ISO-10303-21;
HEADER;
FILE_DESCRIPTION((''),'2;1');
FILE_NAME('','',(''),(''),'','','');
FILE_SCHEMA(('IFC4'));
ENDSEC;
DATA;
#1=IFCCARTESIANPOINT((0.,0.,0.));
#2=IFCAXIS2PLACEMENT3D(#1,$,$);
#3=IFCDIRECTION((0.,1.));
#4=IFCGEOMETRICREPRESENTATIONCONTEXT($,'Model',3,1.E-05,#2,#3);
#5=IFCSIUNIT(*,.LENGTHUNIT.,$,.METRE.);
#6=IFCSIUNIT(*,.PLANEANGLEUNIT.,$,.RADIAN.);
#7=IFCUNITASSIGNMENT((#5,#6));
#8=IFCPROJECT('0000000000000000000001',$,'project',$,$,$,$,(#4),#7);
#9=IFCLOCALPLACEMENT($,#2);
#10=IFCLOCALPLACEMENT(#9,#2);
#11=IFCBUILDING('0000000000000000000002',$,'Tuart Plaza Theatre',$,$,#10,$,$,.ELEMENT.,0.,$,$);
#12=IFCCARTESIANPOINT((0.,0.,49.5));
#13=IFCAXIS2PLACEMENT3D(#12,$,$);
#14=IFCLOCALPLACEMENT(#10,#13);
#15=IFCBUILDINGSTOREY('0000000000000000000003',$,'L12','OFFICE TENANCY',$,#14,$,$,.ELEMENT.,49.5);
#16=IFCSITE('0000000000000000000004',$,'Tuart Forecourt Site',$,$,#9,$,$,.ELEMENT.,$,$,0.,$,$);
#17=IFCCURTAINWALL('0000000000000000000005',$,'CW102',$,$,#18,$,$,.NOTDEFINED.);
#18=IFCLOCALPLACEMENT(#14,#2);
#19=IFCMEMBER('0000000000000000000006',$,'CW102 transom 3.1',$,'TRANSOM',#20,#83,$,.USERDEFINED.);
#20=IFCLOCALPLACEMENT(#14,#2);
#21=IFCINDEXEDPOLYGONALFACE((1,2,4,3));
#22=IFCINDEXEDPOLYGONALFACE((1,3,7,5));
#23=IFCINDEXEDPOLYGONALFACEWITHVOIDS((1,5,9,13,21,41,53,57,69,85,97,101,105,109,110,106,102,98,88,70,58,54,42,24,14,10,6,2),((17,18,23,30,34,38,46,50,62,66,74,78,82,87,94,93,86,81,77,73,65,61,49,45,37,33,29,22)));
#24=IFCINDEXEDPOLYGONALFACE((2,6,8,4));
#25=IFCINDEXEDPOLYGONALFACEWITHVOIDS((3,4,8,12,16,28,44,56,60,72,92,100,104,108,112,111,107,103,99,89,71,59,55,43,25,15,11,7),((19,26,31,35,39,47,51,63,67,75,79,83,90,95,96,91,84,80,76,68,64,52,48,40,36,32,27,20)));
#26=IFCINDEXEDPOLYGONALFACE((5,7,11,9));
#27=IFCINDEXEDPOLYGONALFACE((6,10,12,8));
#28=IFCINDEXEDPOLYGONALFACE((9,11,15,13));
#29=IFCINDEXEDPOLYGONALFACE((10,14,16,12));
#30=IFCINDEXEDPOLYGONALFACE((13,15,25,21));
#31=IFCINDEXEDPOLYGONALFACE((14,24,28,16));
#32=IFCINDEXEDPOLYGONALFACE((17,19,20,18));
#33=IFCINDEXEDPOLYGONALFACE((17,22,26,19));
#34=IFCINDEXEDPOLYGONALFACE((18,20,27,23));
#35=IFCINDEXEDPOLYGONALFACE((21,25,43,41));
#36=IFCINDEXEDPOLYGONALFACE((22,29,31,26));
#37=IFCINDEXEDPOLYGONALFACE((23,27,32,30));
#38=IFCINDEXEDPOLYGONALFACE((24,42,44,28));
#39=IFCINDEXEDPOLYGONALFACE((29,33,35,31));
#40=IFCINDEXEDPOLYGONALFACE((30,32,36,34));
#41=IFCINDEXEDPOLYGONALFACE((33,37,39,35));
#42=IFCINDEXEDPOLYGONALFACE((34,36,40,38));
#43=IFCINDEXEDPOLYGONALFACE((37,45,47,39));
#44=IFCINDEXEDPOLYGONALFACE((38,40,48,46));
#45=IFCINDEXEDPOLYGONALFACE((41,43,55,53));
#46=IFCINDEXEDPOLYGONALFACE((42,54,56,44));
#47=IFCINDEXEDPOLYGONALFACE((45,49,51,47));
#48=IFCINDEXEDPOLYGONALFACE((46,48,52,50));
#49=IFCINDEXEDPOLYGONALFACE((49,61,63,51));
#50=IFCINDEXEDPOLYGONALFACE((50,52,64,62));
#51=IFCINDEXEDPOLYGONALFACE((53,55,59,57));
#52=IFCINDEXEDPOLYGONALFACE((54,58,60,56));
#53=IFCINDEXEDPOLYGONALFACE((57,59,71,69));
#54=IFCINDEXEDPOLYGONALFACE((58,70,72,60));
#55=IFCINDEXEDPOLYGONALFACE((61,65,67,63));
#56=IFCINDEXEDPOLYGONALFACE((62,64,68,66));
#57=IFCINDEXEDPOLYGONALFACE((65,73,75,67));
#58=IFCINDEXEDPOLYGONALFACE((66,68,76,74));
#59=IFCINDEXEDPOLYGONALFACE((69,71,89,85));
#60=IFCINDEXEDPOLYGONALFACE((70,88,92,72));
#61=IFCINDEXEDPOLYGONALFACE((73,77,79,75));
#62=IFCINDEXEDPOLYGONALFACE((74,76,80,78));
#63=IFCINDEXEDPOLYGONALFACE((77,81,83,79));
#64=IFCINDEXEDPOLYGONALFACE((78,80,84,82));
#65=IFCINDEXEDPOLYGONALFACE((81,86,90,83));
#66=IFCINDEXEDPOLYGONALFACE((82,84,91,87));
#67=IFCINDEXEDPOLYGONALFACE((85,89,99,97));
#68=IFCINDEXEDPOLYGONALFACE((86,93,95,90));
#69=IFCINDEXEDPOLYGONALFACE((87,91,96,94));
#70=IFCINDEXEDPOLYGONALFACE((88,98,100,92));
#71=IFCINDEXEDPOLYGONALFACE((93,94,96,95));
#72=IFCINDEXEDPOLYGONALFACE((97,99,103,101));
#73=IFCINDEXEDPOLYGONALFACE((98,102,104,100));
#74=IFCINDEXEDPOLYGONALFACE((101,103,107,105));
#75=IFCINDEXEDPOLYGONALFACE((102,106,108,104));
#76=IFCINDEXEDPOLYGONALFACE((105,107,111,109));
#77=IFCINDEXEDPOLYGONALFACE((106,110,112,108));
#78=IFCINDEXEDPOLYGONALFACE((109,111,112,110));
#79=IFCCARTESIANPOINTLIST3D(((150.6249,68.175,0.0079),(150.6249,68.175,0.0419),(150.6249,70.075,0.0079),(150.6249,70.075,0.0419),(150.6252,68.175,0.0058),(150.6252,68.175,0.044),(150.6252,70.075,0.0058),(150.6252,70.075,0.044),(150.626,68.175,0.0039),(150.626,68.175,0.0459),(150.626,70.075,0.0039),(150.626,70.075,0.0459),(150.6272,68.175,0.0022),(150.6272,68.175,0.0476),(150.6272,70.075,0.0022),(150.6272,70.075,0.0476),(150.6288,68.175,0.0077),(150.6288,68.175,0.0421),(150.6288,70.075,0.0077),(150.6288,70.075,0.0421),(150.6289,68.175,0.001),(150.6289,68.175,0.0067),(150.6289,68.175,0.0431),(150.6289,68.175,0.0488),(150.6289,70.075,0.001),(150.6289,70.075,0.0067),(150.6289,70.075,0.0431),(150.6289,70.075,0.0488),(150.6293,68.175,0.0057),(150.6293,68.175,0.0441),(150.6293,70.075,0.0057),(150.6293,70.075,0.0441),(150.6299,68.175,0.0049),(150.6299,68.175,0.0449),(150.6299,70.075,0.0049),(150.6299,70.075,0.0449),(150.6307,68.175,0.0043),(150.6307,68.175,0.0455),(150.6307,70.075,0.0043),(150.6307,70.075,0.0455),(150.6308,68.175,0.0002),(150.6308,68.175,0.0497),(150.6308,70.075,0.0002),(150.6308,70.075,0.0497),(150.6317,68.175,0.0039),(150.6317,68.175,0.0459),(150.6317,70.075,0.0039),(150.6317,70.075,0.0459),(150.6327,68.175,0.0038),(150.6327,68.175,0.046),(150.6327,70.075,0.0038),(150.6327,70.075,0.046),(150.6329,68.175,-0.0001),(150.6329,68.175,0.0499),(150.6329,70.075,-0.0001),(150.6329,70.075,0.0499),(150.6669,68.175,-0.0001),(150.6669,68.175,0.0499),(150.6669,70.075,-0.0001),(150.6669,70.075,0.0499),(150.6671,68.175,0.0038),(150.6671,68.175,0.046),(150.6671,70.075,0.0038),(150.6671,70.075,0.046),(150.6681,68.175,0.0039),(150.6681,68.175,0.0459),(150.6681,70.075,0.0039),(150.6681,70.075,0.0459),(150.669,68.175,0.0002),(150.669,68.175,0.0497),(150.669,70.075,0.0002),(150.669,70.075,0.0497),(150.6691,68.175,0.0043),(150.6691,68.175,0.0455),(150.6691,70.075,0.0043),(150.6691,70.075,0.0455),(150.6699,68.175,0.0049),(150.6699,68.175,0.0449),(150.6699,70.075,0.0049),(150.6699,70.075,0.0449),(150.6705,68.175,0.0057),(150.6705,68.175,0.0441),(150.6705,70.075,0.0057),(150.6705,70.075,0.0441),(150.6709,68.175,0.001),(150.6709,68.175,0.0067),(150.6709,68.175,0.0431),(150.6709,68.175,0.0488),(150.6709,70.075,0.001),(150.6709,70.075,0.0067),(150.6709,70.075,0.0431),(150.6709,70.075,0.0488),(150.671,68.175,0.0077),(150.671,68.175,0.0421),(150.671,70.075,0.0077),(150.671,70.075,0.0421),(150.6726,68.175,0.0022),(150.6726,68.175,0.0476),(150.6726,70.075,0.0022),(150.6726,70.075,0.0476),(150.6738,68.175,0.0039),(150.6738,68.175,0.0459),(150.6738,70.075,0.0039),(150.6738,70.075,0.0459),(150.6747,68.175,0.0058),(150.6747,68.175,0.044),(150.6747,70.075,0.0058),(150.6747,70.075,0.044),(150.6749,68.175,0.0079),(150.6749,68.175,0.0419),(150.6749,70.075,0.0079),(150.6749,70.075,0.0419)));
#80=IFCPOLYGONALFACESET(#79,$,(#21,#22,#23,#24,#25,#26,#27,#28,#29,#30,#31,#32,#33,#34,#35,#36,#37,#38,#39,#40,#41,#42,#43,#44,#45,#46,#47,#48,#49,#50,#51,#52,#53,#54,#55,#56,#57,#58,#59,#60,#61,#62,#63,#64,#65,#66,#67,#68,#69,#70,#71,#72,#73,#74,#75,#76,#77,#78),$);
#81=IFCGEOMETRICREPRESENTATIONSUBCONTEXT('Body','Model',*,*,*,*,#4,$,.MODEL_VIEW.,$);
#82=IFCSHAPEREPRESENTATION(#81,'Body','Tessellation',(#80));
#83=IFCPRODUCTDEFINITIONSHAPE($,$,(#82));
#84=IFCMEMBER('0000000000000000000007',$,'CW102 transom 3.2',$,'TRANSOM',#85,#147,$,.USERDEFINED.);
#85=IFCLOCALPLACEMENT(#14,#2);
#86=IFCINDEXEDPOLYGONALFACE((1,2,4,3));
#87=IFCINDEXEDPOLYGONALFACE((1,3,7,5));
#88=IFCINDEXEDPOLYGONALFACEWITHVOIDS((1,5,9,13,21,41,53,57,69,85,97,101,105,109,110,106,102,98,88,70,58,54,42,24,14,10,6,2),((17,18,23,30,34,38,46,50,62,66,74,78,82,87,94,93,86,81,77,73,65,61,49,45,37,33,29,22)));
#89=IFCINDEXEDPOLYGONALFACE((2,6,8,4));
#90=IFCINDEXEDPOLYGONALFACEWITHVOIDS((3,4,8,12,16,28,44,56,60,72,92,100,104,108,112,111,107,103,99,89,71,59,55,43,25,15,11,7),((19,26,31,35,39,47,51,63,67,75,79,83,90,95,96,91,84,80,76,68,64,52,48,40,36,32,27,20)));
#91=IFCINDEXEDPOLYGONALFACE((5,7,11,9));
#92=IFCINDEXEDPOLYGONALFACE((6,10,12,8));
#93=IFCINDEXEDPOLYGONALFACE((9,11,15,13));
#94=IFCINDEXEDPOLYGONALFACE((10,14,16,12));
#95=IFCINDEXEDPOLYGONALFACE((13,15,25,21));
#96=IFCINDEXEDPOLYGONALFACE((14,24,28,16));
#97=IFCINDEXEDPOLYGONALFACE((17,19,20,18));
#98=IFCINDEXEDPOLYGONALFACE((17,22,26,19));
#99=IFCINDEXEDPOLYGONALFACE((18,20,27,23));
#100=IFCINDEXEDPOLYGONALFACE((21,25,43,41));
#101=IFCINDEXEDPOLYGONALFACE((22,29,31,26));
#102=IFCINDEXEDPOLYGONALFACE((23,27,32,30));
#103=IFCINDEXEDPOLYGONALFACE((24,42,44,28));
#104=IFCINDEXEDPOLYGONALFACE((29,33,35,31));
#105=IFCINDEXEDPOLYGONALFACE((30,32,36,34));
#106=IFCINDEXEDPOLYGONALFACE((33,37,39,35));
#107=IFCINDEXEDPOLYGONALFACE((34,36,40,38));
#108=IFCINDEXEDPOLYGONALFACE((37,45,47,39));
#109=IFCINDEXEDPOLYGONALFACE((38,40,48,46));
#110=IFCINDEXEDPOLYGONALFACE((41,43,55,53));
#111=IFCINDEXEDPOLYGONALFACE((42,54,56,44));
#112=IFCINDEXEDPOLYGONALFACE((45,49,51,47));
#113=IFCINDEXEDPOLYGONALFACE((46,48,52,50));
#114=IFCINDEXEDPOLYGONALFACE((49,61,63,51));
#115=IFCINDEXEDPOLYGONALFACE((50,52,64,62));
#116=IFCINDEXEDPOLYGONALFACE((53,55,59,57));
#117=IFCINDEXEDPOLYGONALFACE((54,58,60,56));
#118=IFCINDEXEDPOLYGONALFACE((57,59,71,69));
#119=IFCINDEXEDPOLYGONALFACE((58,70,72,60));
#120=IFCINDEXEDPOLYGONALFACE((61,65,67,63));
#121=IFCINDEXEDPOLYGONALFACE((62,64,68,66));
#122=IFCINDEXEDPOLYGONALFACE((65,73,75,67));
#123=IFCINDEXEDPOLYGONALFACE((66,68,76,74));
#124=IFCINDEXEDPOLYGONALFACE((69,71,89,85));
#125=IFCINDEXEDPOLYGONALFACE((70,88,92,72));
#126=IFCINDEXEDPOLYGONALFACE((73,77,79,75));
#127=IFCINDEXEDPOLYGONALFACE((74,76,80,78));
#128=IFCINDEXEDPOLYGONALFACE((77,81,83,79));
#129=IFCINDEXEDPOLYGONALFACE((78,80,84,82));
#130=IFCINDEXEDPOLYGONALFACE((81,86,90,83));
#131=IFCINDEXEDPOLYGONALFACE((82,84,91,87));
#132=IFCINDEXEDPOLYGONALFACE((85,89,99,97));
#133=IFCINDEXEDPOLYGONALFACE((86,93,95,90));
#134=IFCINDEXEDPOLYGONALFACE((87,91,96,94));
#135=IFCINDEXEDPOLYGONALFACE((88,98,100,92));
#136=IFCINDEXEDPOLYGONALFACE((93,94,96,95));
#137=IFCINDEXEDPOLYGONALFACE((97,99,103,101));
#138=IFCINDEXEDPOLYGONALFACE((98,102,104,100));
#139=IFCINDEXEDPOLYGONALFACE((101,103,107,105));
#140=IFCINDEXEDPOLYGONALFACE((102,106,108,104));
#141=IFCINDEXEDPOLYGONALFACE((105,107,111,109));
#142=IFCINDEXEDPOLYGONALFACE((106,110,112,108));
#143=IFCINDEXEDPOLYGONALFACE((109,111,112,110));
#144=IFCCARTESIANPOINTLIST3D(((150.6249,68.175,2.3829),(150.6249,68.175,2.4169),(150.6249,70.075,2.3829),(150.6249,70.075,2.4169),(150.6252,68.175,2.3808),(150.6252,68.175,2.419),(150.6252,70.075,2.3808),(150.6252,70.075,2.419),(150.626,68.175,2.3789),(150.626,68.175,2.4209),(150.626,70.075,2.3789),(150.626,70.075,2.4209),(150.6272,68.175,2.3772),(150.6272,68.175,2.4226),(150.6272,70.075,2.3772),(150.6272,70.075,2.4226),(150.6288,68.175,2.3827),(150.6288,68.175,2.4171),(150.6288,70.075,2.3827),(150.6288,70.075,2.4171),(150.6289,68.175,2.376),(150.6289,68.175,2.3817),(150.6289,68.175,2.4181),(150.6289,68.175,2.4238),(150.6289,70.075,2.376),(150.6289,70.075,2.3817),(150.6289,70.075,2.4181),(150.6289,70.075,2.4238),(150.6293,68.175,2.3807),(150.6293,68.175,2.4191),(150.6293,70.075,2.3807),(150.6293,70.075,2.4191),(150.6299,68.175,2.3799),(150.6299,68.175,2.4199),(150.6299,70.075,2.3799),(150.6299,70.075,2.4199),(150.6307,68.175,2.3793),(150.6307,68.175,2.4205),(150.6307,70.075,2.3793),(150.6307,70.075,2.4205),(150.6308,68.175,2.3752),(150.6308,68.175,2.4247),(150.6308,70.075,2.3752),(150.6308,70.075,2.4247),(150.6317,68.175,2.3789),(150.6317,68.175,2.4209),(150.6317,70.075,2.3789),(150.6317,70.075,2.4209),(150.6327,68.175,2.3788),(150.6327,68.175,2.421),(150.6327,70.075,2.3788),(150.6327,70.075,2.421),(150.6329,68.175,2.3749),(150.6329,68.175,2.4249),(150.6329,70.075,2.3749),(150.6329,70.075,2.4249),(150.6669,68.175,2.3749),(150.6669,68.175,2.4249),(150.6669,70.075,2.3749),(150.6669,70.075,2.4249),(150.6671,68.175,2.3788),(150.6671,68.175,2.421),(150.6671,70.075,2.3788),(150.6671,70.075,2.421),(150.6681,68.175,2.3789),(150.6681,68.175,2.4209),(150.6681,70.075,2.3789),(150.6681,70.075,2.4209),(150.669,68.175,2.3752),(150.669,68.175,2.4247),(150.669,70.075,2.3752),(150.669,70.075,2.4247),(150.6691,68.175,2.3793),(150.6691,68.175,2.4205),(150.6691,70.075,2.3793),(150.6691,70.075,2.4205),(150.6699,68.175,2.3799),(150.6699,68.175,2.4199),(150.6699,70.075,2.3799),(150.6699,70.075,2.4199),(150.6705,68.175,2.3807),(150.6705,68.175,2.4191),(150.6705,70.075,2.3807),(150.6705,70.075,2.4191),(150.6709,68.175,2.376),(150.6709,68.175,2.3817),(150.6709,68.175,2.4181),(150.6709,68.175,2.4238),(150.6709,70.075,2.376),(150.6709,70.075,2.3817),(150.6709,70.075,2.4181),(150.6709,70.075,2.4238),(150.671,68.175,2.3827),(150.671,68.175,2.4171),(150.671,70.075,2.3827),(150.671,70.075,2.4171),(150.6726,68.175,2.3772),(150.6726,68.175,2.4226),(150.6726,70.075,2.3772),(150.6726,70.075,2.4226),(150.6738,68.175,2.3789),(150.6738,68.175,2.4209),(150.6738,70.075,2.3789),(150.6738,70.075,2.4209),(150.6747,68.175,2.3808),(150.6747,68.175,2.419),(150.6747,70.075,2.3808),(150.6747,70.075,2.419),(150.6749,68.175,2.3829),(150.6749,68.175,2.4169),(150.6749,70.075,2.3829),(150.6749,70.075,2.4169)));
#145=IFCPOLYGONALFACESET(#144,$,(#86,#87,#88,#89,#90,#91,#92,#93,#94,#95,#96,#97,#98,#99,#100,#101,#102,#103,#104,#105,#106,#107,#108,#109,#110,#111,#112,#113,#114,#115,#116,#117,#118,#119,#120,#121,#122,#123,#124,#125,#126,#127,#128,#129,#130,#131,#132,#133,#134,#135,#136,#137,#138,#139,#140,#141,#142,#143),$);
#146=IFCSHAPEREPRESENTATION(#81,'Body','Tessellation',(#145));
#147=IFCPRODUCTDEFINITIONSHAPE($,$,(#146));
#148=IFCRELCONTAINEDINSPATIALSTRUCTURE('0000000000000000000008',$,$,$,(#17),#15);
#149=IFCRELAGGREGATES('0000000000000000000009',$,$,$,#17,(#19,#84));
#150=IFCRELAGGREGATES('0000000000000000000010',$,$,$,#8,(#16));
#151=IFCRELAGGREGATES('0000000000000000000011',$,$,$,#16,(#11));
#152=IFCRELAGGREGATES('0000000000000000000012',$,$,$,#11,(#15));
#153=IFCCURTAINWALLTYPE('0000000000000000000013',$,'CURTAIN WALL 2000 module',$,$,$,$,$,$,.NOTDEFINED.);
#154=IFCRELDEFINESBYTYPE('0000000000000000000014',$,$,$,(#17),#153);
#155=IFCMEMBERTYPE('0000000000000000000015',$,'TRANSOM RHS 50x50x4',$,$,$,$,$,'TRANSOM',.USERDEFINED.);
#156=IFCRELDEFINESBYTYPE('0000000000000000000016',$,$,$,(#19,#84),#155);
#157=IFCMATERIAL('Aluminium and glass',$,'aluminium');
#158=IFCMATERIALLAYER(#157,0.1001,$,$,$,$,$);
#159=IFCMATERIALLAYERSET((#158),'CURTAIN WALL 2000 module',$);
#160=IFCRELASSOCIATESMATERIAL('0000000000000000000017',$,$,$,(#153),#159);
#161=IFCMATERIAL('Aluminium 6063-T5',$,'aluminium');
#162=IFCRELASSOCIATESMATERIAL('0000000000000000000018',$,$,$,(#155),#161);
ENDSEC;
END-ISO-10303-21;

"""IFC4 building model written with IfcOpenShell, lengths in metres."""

from ifc_helpers import new_model, si_unit, direction, frame, origin, origin_2d, place, context, subcontext, project, spatial, hollow_rectangle, extrude, material, layer, layer_set, material_profile, profile_set, type_object, element, aggregate, save


model = new_model("IFC4")

# Units and contexts
model_context = context("Model", 3, precision=1e-05, world=origin(), true_north=direction((0.0, 1.0)))
body_context = subcontext(model_context, "Body", "Model", "MODEL_VIEW")
ifc_project = project(units=[si_unit("LENGTHUNIT", "METRE"), si_unit("PLANEANGLEUNIT", "RADIAN")], contexts=[model_context])

# Site, building, storey
site_placement = place(None, origin())
site = spatial("IfcSite", under=ifc_project, at=site_placement, Name="Tuart Forecourt Site", CompositionType="ELEMENT", RefElevation=0.0)
building_placement = place(site_placement, origin())
building = spatial("IfcBuilding", under=site, at=building_placement, Name="Tuart Plaza Theatre", CompositionType="ELEMENT", ElevationOfRefHeight=0.0)
storey_placement = place(building_placement, frame((0.0, 0.0, 49.5)))
storey = spatial("IfcBuildingStorey", under=building, at=storey_placement, Name="L12", Description="OFFICE TENANCY", CompositionType="ELEMENT", Elevation=49.5)

# Curtain wall, members
ifc_material_1 = material(Name="Aluminium and glass", Category="aluminium")
ifc_layer_1 = layer(ifc_material_1, 0.1001)
ifc_layer_set_1 = layer_set([ifc_layer_1], Name="CURTAIN WALL 2000 module")
curtain_wall_type = type_object("IfcCurtainWallType", Name="CURTAIN WALL 2000 module", PredefinedType="NOTDEFINED", material=ifc_layer_set_1)
curtain_wall_placement = place(storey_placement, origin())
curtain_wall = element("IfcCurtainWall", 1, at=curtain_wall_placement, inside=storey, type_object=curtain_wall_type, Name="CW102", PredefinedType="NOTDEFINED")
ifc_material_2 = material(Name="Aluminium 6063-T5", Category="aluminium")
ifc_material_profile_1 = material_profile(ifc_material_2, hollow_rectangle(XDim=0.05, YDim=0.05, WallThickness=0.0039, InnerFilletRadius=0.0039, OuterFilletRadius=0.0081, at=origin_2d()), Name="RHS 50x50x4")
ifc_profile_set_1 = profile_set([ifc_material_profile_1], Name="Aluminium 6063-T5")
member_type_1 = type_object("IfcMemberType", Name="TRANSOM RHS 50x50x4", ElementType="TRANSOM", PredefinedType="USERDEFINED", material=ifc_profile_set_1)
member_1_placement = place(storey_placement, frame((150.6499, 68.175, 0.0249), z_axis=(0.0, 1.0, 0.0), x_axis=(-1.0, 0.0, 0.0)))
member_1 = element("IfcMember", 2, at=member_1_placement, type_object=member_type_1, Name="CW102 transom 3.1", ObjectType="TRANSOM", PredefinedType="USERDEFINED", context=body_context, shape_type="SweptSolid", body=[
    extrude(hollow_rectangle(XDim=0.05, YDim=0.05, WallThickness=0.0039, InnerFilletRadius=0.0039, OuterFilletRadius=0.0081, at=origin_2d()), origin(), (0.0, 0.0, 1.0), 1.8999),
])
member_2_placement = place(storey_placement, frame((150.6499, 68.175, 2.3999), z_axis=(0.0, 1.0, 0.0), x_axis=(-1.0, 0.0, 0.0)))
member_2 = element("IfcMember", 3, at=member_2_placement, type_object=member_type_1, Name="CW102 transom 3.2", ObjectType="TRANSOM", PredefinedType="USERDEFINED", context=body_context, shape_type="SweptSolid", body=[
    extrude(hollow_rectangle(XDim=0.05, YDim=0.05, WallThickness=0.0039, InnerFilletRadius=0.0039, OuterFilletRadius=0.0081, at=origin_2d()), origin(), (0.0, 0.0, 1.0), 1.8999),
])
aggregate(curtain_wall, [member_1, member_2])

save(model, "model.ifc")
